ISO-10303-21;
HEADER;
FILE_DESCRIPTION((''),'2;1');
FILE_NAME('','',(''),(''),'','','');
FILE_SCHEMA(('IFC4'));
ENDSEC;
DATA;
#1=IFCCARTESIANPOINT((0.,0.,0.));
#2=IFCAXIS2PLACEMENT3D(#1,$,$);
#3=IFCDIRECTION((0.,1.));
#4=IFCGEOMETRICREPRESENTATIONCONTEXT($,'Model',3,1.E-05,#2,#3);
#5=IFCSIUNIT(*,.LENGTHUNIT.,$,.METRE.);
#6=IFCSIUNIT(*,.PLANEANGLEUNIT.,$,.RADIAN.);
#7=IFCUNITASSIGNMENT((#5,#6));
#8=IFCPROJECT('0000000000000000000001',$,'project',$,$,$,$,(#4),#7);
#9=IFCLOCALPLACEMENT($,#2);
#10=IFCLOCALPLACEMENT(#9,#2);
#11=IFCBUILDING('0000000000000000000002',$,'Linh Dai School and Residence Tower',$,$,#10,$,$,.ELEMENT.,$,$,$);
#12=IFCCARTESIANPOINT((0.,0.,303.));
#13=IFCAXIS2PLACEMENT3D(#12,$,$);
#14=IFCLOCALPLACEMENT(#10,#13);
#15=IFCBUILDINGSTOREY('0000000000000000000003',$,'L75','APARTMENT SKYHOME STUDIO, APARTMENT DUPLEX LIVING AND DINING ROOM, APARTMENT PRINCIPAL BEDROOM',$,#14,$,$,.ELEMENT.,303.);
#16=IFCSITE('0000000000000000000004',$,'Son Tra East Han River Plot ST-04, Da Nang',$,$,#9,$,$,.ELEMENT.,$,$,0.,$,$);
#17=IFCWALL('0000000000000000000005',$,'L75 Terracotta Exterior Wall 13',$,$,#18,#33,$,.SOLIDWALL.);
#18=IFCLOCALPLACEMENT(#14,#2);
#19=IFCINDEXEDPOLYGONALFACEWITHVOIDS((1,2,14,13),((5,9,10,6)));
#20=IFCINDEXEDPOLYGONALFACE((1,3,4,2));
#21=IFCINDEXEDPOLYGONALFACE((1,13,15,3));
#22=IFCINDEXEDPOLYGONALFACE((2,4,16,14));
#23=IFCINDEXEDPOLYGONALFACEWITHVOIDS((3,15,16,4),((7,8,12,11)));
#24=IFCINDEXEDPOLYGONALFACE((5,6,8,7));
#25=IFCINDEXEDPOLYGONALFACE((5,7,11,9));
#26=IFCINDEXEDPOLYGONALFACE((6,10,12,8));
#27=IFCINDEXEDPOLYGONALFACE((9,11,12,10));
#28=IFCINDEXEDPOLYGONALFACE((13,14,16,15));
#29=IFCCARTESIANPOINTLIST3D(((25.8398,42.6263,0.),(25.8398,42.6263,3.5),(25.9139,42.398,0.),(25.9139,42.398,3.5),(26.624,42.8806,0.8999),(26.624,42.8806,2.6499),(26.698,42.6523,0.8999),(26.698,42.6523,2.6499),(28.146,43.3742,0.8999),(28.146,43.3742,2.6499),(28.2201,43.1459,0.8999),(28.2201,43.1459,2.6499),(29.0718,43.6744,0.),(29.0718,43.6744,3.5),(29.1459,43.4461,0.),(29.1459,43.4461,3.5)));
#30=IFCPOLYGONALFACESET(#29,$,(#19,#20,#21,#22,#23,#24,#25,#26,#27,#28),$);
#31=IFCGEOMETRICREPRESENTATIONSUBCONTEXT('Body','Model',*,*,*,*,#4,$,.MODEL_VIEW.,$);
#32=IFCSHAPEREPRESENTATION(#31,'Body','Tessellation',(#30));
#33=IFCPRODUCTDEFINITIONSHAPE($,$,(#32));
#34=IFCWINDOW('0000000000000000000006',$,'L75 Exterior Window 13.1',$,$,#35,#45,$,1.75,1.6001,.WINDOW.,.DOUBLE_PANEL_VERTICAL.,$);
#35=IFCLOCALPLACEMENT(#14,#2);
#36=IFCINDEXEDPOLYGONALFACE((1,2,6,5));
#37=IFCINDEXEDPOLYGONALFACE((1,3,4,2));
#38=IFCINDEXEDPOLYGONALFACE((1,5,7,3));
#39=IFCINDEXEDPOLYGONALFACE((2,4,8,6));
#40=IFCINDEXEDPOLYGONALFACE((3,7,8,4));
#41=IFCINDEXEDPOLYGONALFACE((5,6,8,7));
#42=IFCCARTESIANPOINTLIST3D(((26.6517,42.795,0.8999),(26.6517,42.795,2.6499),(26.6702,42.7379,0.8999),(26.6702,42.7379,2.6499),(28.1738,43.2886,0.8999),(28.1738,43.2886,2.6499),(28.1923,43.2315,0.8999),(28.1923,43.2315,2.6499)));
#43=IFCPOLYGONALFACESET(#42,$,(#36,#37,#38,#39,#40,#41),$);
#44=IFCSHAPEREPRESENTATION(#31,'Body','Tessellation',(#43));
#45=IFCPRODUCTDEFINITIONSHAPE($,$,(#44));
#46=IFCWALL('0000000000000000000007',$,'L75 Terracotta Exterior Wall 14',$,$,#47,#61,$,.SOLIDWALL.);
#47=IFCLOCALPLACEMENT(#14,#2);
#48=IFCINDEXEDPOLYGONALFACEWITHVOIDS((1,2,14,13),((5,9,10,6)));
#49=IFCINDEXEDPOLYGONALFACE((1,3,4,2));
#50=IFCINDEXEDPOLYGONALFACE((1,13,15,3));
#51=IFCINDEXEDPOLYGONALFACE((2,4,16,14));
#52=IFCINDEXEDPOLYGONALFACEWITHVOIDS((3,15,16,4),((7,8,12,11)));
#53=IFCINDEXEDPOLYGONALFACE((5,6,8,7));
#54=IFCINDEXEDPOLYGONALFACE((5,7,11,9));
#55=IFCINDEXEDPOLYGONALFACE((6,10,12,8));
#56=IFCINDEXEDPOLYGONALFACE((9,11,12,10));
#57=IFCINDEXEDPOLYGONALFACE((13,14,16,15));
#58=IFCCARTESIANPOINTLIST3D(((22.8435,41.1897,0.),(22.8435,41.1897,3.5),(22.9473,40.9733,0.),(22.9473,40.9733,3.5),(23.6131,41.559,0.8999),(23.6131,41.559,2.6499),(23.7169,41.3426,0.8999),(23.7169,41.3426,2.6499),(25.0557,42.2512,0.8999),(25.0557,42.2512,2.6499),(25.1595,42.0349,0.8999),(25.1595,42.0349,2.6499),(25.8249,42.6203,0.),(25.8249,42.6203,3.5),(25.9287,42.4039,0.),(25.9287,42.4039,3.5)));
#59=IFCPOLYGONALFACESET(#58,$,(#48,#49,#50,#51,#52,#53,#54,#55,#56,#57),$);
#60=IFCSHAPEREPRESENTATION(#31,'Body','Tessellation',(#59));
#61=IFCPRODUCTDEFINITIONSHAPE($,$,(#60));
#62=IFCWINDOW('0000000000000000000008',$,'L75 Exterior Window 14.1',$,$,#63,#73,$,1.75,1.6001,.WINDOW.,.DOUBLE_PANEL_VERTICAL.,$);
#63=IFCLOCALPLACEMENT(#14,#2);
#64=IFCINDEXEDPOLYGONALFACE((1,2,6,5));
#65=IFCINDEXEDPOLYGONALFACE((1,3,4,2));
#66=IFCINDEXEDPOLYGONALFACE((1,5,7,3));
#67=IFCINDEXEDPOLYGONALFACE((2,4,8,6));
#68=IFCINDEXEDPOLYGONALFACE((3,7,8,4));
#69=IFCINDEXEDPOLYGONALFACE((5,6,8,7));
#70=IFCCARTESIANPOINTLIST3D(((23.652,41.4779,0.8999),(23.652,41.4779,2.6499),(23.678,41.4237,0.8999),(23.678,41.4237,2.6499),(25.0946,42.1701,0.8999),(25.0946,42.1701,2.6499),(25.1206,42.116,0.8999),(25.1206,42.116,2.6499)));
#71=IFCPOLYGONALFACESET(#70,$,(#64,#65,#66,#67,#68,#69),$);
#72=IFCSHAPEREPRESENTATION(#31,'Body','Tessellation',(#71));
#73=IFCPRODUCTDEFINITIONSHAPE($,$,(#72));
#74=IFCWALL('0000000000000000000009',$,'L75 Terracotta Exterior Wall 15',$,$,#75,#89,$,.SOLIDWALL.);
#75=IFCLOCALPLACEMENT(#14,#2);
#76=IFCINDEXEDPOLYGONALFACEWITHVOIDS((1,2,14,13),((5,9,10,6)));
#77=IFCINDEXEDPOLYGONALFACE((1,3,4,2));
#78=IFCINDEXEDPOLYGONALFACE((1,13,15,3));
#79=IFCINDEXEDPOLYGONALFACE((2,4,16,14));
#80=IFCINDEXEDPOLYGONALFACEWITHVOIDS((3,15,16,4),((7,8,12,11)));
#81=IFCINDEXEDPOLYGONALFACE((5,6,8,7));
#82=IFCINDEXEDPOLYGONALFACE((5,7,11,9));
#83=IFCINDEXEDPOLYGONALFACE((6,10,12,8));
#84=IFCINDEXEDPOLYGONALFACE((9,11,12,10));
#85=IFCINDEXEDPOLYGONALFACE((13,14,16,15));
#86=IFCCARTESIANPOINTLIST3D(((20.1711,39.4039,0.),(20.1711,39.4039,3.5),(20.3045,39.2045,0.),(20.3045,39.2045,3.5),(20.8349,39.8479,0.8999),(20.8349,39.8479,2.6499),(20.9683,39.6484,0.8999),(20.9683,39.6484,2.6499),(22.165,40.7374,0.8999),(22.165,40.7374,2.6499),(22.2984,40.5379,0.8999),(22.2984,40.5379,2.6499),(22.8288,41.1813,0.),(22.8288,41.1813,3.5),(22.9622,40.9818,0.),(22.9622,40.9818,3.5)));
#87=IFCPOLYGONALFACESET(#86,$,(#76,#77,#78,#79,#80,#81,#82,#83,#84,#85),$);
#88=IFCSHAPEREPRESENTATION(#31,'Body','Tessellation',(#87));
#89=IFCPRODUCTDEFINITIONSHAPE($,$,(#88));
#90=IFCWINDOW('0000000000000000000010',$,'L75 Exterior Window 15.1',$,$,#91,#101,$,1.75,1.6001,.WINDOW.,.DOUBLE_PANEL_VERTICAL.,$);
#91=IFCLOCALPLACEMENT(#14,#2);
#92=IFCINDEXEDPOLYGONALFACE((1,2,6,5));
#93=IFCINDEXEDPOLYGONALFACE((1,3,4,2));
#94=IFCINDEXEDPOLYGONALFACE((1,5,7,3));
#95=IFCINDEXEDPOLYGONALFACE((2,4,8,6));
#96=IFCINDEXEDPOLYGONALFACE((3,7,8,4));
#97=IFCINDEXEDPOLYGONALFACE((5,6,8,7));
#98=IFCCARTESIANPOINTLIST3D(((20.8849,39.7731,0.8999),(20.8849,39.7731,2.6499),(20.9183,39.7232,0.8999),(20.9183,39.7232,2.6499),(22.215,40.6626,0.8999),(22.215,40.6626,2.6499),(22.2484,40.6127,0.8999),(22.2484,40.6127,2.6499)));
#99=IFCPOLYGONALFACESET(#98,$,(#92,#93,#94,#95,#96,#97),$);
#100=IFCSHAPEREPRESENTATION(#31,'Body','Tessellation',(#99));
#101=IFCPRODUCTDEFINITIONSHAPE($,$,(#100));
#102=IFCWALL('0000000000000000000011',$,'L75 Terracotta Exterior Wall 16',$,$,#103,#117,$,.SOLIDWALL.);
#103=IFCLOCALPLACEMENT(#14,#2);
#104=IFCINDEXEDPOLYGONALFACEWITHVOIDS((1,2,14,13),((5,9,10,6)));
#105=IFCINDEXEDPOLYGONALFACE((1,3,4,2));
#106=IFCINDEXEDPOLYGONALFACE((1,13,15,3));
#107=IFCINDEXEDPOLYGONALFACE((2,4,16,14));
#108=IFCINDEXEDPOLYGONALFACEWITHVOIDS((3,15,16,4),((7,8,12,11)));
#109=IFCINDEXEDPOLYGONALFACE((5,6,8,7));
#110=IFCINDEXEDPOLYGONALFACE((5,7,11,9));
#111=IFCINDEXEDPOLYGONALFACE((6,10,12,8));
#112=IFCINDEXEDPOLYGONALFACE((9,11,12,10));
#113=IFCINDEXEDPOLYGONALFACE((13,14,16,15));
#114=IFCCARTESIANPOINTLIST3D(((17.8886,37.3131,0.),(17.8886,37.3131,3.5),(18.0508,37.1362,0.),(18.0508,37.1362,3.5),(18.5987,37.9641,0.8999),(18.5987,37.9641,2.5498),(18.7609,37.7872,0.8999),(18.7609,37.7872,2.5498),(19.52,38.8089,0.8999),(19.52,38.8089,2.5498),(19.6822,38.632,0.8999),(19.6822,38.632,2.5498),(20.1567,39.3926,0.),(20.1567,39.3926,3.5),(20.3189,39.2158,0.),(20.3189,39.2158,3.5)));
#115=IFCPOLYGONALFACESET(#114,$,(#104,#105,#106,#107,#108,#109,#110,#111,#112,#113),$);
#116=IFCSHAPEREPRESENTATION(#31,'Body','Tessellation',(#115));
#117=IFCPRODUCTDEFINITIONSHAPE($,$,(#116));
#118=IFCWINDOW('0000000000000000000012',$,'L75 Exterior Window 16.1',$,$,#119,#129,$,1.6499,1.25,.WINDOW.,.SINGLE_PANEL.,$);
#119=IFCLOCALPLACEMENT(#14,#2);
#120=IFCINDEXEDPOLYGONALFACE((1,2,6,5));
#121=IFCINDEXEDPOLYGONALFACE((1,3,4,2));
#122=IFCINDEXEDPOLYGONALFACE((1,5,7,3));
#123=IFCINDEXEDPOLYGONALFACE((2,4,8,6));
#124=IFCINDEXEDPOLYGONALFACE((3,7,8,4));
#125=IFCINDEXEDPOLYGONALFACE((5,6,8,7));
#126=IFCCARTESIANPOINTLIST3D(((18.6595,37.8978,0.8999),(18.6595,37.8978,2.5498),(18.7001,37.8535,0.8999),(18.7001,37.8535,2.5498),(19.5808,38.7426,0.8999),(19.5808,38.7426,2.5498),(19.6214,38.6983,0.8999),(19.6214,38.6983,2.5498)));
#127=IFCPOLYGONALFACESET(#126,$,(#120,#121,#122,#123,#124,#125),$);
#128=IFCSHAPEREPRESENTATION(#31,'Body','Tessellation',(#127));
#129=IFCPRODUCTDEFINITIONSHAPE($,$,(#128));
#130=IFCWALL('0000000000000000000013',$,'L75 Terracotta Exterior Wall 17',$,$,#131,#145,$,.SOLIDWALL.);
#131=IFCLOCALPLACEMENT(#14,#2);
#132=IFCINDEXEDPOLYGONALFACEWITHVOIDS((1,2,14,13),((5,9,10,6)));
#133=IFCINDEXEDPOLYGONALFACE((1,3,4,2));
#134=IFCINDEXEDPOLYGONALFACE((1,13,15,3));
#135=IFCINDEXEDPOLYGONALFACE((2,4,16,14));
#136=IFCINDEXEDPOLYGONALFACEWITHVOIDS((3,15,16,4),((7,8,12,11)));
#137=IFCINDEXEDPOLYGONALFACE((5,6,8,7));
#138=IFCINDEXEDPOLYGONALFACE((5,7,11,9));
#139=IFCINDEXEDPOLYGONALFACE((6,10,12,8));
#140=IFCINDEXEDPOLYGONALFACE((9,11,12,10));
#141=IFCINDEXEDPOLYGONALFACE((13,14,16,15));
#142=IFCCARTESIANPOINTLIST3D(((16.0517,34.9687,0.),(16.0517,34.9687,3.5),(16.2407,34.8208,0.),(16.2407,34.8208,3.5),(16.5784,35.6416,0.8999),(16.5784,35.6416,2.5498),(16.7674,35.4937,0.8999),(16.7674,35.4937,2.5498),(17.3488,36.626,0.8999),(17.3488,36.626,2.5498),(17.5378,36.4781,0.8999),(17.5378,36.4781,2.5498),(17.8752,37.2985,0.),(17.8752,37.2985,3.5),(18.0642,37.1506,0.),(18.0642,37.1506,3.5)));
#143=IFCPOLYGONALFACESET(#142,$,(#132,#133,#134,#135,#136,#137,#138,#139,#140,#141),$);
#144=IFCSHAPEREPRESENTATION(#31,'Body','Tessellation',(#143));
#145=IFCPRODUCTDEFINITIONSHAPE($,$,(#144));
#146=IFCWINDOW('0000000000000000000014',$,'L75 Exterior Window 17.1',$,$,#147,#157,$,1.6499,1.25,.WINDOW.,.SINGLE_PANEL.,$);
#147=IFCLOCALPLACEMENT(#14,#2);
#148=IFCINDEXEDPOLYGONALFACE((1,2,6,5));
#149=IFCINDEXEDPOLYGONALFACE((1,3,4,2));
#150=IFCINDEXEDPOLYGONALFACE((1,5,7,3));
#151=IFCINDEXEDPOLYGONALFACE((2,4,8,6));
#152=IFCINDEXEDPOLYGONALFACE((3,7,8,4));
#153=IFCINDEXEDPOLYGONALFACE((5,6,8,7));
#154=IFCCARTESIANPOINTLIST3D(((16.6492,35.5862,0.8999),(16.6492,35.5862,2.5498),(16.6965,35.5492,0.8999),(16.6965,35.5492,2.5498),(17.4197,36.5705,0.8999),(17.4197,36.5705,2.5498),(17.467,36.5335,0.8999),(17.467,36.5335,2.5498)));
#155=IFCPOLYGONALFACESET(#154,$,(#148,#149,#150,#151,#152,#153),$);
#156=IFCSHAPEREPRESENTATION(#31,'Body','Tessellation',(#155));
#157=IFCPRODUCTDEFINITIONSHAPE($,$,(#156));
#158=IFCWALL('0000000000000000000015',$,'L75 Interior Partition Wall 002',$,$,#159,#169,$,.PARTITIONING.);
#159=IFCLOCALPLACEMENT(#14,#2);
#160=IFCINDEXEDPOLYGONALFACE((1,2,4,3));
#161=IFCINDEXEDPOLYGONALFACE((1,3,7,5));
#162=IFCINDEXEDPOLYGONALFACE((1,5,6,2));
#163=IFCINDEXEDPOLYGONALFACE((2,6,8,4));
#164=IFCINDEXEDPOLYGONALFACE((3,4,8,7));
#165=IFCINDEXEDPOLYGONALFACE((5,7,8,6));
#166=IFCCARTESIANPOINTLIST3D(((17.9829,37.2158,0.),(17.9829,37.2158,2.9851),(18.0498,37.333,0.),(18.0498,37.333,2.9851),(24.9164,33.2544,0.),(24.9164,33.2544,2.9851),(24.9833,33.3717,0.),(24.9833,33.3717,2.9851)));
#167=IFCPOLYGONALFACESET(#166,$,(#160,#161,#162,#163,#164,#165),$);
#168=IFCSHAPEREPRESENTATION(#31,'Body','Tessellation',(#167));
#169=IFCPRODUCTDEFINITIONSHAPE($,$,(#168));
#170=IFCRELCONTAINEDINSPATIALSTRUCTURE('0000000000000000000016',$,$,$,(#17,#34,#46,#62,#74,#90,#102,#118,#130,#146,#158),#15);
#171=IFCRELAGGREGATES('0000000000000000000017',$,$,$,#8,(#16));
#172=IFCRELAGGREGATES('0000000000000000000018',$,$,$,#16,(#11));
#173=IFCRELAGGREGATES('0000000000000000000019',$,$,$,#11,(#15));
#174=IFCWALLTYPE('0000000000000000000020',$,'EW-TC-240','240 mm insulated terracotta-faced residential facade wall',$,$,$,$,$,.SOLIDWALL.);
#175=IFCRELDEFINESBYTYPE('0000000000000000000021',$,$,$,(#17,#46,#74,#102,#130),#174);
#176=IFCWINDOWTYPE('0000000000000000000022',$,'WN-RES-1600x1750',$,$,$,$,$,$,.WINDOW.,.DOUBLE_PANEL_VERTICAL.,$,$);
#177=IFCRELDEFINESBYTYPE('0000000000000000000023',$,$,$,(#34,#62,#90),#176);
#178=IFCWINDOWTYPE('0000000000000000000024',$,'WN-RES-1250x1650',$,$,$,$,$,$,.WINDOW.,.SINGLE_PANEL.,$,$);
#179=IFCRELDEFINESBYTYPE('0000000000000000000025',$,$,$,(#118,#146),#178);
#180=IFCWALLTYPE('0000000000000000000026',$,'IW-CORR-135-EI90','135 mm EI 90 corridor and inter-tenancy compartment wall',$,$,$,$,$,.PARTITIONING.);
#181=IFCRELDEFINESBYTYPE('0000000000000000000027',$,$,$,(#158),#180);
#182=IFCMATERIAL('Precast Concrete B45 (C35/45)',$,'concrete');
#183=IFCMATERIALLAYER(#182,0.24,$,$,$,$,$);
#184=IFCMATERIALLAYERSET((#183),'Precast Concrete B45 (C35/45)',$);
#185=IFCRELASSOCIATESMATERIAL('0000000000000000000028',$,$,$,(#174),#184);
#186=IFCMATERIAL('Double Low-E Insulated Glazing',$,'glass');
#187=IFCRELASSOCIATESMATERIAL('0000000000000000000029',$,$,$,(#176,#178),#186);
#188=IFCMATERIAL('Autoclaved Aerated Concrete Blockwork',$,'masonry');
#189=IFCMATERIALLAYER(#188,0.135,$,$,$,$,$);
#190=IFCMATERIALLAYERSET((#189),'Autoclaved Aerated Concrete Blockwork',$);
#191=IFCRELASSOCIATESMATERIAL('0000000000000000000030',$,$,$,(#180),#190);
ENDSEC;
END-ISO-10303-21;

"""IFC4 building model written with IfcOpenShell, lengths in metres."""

from ifc_helpers import new_model, si_unit, direction, frame, frame_2d, origin, origin_2d, place, context, subcontext, project, spatial, rectangle, extrude, source, transform, mapped, material, layer, layer_set, type_object, element, fill, save


model = new_model("IFC4")

# Units and contexts
model_context = context("Model", 3, precision=1e-05, world=origin(), true_north=direction((0.0, 1.0)))
body_context = subcontext(model_context, "Body", "Model", "MODEL_VIEW")
ifc_project = project(units=[si_unit("LENGTHUNIT", "METRE"), si_unit("PLANEANGLEUNIT", "RADIAN")], contexts=[model_context])

# Site, building, storey
site_placement = place(None, origin())
site = spatial("IfcSite", under=ifc_project, at=site_placement, Name="Son Tra East Han River Plot ST-04, Da Nang", CompositionType="ELEMENT", RefElevation=0.0)
building_placement = place(site_placement, origin())
building = spatial("IfcBuilding", under=site, at=building_placement, Name="Linh Dai School and Residence Tower", CompositionType="ELEMENT")
storey_placement = place(building_placement, frame((0.0, 0.0, 303.0)))
storey = spatial("IfcBuildingStorey", under=building, at=storey_placement, Name="L75", Description="APARTMENT SKYHOME STUDIO, APARTMENT DUPLEX LIVING AND DINING ROOM, APARTMENT PRINCIPAL BEDROOM", CompositionType="ELEMENT", Elevation=303.0)

# Shared definitions
ifc_material_1 = material(Name="Precast Concrete B45 (C35/45)", Category="concrete")

# Walls, openings, windows
ifc_layer_1 = layer(ifc_material_1, 0.24)
ifc_layer_set_1 = layer_set([ifc_layer_1], Name="Precast Concrete B45 (C35/45)")
wall_type_1 = type_object("IfcWallType", Name="EW-TC-240", Description="240 mm insulated terracotta-faced residential facade wall", PredefinedType="SOLIDWALL", material=ifc_layer_set_1)
wall_1_placement = place(storey_placement, frame((25.877, 42.5122, 0.0), z_axis=(0.0, 0.0, 1.0), x_axis=(0.951231, 0.308478, 0.0)))
wall_1 = element("IfcWall", 1, at=wall_1_placement, inside=storey, type_object=wall_type_1, Name="L75 Terracotta Exterior Wall 13", PredefinedType="SOLIDWALL", context=body_context, shape_type="SweptSolid", body=[
    extrude(rectangle(XDim=3.3977, YDim=0.24, at=frame_2d((1.6987, 0.0))), origin(), (0.0, 0.0, 1.0), 3.5),
])
opening_1_placement = place(wall_1_placement, frame((0.8242, 0.0, 0.8999)))
opening_1 = element("IfcOpeningElement", 2, at=opening_1_placement, cuts=wall_1, PredefinedType="OPENING", context=body_context, shape_type="SweptSolid", body=[
    extrude(rectangle(XDim=1.6001, YDim=1.75, at=origin_2d()), frame((0.8, 0.1299, 0.875), z_axis=(0.0, -1.0, 0.0), x_axis=(1.0, 0.0, 0.0)), (0.0, 0.0, 1.0), 0.26),
])
ifc_material_2 = material(Name="Double Low-E Insulated Glazing", Category="glass")
window_type_1 = type_object("IfcWindowType", Name="WN-RES-1600x1750", PartitioningType="DOUBLE_PANEL_VERTICAL", PredefinedType="WINDOW", material=ifc_material_2)
shared_shape_1 = source(origin(), body_context, "Body", "SweptSolid", [
    extrude(rectangle(XDim=1.6001, YDim=1.75, at=origin_2d()), frame((0.8, 0.03, 0.875), z_axis=(0.0, -1.0, 0.0), x_axis=(1.0, 0.0, 0.0)), (0.0, 0.0, 1.0), 0.0601),
])
window_1_placement = place(opening_1_placement, origin())
window_1 = element("IfcWindow", 3, at=window_1_placement, inside=storey, type_object=window_type_1, Name="L75 Exterior Window 13.1", OverallHeight=1.75, OverallWidth=1.6001, PartitioningType="DOUBLE_PANEL_VERTICAL", PredefinedType="WINDOW", context=body_context, shape_type="MappedRepresentation", body=[
    mapped(shared_shape_1, transform((0.0, 0.0, 0.0), x_axis=(1.0, 0.0, 0.0), y_axis=(0.0, 1.0, 0.0), z_axis=(0.0, 0.0, 1.0), scale=1.0)),
])
fill(opening_1, window_1)
wall_2_placement = place(storey_placement, frame((22.8955, 41.0815, 0.0), z_axis=(0.0, 0.0, 1.0), x_axis=(0.901574, 0.432625, 0.0)))
wall_2 = element("IfcWall", 4, at=wall_2_placement, inside=storey, type_object=wall_type_1, Name="L75 Terracotta Exterior Wall 14", PredefinedType="SOLIDWALL", context=body_context, shape_type="SweptSolid", body=[
    extrude(rectangle(XDim=3.3069, YDim=0.24, at=frame_2d((1.6533, 0.0))), origin(), (0.0, 0.0, 1.0), 3.5),
])
opening_2_placement = place(wall_2_placement, frame((0.8535, 0.0, 0.8999)))
opening_2 = element("IfcOpeningElement", 5, at=opening_2_placement, cuts=wall_2, PredefinedType="OPENING", context=body_context, shape_type="SweptSolid", body=[
    extrude(rectangle(XDim=1.6001, YDim=1.75, at=origin_2d()), frame((0.8, 0.1299, 0.875), z_axis=(0.0, -1.0, 0.0), x_axis=(1.0, 0.0, 0.0)), (0.0, 0.0, 1.0), 0.26),
])
window_2_placement = place(opening_2_placement, origin())
window_2 = element("IfcWindow", 6, at=window_2_placement, inside=storey, type_object=window_type_1, Name="L75 Exterior Window 14.1", OverallHeight=1.75, OverallWidth=1.6001, PartitioningType="DOUBLE_PANEL_VERTICAL", PredefinedType="WINDOW", context=body_context, shape_type="MappedRepresentation", body=[
    mapped(shared_shape_1, transform((0.0, 0.0, 0.0), x_axis=(1.0, 0.0, 0.0), y_axis=(0.0, 1.0, 0.0), z_axis=(0.0, 0.0, 1.0), scale=1.0)),
])
fill(opening_2, window_2)
wall_3_placement = place(storey_placement, frame((20.2378, 39.3042, 0.0), z_axis=(0.0, 0.0, 1.0), x_axis=(0.831251, 0.555898, 0.0)))
wall_3 = element("IfcWall", 7, at=wall_3_placement, inside=storey, type_object=wall_type_1, Name="L75 Terracotta Exterior Wall 15", PredefinedType="SOLIDWALL", context=body_context, shape_type="SweptSolid", body=[
    extrude(rectangle(XDim=3.1973, YDim=0.24, at=frame_2d((1.5986, 0.0))), origin(), (0.0, 0.0, 1.0), 3.5),
])
opening_3_placement = place(wall_3_placement, frame((0.7986, 0.0, 0.8999)))
opening_3 = element("IfcOpeningElement", 8, at=opening_3_placement, cuts=wall_3, PredefinedType="OPENING", context=body_context, shape_type="SweptSolid", body=[
    extrude(rectangle(XDim=1.6001, YDim=1.75, at=origin_2d()), frame((0.8, 0.1299, 0.875), z_axis=(0.0, -1.0, 0.0), x_axis=(1.0, 0.0, 0.0)), (0.0, 0.0, 1.0), 0.26),
])
window_3_placement = place(opening_3_placement, origin())
window_3 = element("IfcWindow", 9, at=window_3_placement, inside=storey, type_object=window_type_1, Name="L75 Exterior Window 15.1", OverallHeight=1.75, OverallWidth=1.6001, PartitioningType="DOUBLE_PANEL_VERTICAL", PredefinedType="WINDOW", context=body_context, shape_type="MappedRepresentation", body=[
    mapped(shared_shape_1, transform((0.0, 0.0, 0.0), x_axis=(1.0, 0.0, 0.0), y_axis=(0.0, 1.0, 0.0), z_axis=(0.0, 0.0, 1.0), scale=1.0)),
])
fill(opening_3, window_3)
wall_4_placement = place(storey_placement, frame((17.9697, 37.2246, 0.0), z_axis=(0.0, 0.0, 1.0), x_axis=(0.737069, 0.675818, 0.0)))
wall_4 = element("IfcWall", 10, at=wall_4_placement, inside=storey, type_object=wall_type_1, Name="L75 Terracotta Exterior Wall 16", PredefinedType="SOLIDWALL", context=body_context, shape_type="SweptSolid", body=[
    extrude(rectangle(XDim=3.0771, YDim=0.24, at=frame_2d((1.5386, 0.0))), origin(), (0.0, 0.0, 1.0), 3.5),
])
opening_4_placement = place(wall_4_placement, frame((0.9634, 0.0, 0.8999)))
opening_4 = element("IfcOpeningElement", 11, at=opening_4_placement, cuts=wall_4, PredefinedType="OPENING", context=body_context, shape_type="SweptSolid", body=[
    extrude(rectangle(XDim=1.25, YDim=1.6499, at=origin_2d()), frame((0.625, 0.1299, 0.825), z_axis=(0.0, -1.0, 0.0), x_axis=(1.0, 0.0, 0.0)), (0.0, 0.0, 1.0), 0.26),
])
window_type_2 = type_object("IfcWindowType", Name="WN-RES-1250x1650", PartitioningType="SINGLE_PANEL", PredefinedType="WINDOW", material=ifc_material_2)
shared_shape_2 = source(origin(), body_context, "Body", "SweptSolid", [
    extrude(rectangle(XDim=1.25, YDim=1.6499, at=origin_2d()), frame((0.625, 0.03, 0.825), z_axis=(0.0, -1.0, 0.0), x_axis=(1.0, 0.0, 0.0)), (0.0, 0.0, 1.0), 0.0601),
])
window_4_placement = place(opening_4_placement, origin())
window_4 = element("IfcWindow", 12, at=window_4_placement, inside=storey, type_object=window_type_2, Name="L75 Exterior Window 16.1", OverallHeight=1.6499, OverallWidth=1.25, PartitioningType="SINGLE_PANEL", PredefinedType="WINDOW", context=body_context, shape_type="MappedRepresentation", body=[
    mapped(shared_shape_2, transform((0.0, 0.0, 0.0), x_axis=(1.0, 0.0, 0.0), y_axis=(0.0, 1.0, 0.0), z_axis=(0.0, 0.0, 1.0), scale=1.0)),
])
fill(opening_4, window_4)
wall_5_placement = place(storey_placement, frame((16.1462, 34.8948, 0.0), z_axis=(0.0, 0.0, 1.0), x_axis=(0.616337, 0.787482, 0.0)))
wall_5 = element("IfcWall", 13, at=wall_5_placement, inside=storey, type_object=wall_type_1, Name="L75 Terracotta Exterior Wall 17", PredefinedType="SOLIDWALL", context=body_context, shape_type="SweptSolid", body=[
    extrude(rectangle(XDim=2.9585, YDim=0.24, at=frame_2d((1.4792, 0.0))), origin(), (0.0, 0.0, 1.0), 3.5),
])
opening_5_placement = place(wall_5_placement, frame((0.8545, 0.0, 0.8999)))
opening_5 = element("IfcOpeningElement", 14, at=opening_5_placement, cuts=wall_5, PredefinedType="OPENING", context=body_context, shape_type="SweptSolid", body=[
    extrude(rectangle(XDim=1.25, YDim=1.6499, at=origin_2d()), frame((0.625, 0.1299, 0.825), z_axis=(0.0, -1.0, 0.0), x_axis=(1.0, 0.0, 0.0)), (0.0, 0.0, 1.0), 0.26),
])
window_5_placement = place(opening_5_placement, origin())
window_5 = element("IfcWindow", 15, at=window_5_placement, inside=storey, type_object=window_type_2, Name="L75 Exterior Window 17.1", OverallHeight=1.6499, OverallWidth=1.25, PartitioningType="SINGLE_PANEL", PredefinedType="WINDOW", context=body_context, shape_type="MappedRepresentation", body=[
    mapped(shared_shape_2, transform((0.0, 0.0, 0.0), x_axis=(1.0, 0.0, 0.0), y_axis=(0.0, 1.0, 0.0), z_axis=(0.0, 0.0, 1.0), scale=1.0)),
])
fill(opening_5, window_5)

# Wall
ifc_material_3 = material(Name="Autoclaved Aerated Concrete Blockwork", Category="masonry")
ifc_layer_2 = layer(ifc_material_3, 0.135)
ifc_layer_set_2 = layer_set([ifc_layer_2], Name="Autoclaved Aerated Concrete Blockwork")
wall_type_2 = type_object("IfcWallType", Name="IW-CORR-135-EI90", Description="135 mm EI 90 corridor and inter-tenancy compartment wall", PredefinedType="PARTITIONING", material=ifc_layer_set_2)
wall_6_placement = place(storey_placement, frame((18.0164, 37.2744, 0.0), z_axis=(0.0, 0.0, 1.0), x_axis=(0.868277, -0.49608, 0.0)))
element("IfcWall", 16, at=wall_6_placement, inside=storey, type_object=wall_type_2, Name="L75 Interior Partition Wall 002", PredefinedType="PARTITIONING", context=body_context, shape_type="SweptSolid", body=[
    extrude(rectangle(XDim=7.9854, YDim=0.135, at=frame_2d((3.9927, 0.0))), origin(), (0.0, 0.0, 1.0), 2.9851),
])

save(model, "model.ifc")
